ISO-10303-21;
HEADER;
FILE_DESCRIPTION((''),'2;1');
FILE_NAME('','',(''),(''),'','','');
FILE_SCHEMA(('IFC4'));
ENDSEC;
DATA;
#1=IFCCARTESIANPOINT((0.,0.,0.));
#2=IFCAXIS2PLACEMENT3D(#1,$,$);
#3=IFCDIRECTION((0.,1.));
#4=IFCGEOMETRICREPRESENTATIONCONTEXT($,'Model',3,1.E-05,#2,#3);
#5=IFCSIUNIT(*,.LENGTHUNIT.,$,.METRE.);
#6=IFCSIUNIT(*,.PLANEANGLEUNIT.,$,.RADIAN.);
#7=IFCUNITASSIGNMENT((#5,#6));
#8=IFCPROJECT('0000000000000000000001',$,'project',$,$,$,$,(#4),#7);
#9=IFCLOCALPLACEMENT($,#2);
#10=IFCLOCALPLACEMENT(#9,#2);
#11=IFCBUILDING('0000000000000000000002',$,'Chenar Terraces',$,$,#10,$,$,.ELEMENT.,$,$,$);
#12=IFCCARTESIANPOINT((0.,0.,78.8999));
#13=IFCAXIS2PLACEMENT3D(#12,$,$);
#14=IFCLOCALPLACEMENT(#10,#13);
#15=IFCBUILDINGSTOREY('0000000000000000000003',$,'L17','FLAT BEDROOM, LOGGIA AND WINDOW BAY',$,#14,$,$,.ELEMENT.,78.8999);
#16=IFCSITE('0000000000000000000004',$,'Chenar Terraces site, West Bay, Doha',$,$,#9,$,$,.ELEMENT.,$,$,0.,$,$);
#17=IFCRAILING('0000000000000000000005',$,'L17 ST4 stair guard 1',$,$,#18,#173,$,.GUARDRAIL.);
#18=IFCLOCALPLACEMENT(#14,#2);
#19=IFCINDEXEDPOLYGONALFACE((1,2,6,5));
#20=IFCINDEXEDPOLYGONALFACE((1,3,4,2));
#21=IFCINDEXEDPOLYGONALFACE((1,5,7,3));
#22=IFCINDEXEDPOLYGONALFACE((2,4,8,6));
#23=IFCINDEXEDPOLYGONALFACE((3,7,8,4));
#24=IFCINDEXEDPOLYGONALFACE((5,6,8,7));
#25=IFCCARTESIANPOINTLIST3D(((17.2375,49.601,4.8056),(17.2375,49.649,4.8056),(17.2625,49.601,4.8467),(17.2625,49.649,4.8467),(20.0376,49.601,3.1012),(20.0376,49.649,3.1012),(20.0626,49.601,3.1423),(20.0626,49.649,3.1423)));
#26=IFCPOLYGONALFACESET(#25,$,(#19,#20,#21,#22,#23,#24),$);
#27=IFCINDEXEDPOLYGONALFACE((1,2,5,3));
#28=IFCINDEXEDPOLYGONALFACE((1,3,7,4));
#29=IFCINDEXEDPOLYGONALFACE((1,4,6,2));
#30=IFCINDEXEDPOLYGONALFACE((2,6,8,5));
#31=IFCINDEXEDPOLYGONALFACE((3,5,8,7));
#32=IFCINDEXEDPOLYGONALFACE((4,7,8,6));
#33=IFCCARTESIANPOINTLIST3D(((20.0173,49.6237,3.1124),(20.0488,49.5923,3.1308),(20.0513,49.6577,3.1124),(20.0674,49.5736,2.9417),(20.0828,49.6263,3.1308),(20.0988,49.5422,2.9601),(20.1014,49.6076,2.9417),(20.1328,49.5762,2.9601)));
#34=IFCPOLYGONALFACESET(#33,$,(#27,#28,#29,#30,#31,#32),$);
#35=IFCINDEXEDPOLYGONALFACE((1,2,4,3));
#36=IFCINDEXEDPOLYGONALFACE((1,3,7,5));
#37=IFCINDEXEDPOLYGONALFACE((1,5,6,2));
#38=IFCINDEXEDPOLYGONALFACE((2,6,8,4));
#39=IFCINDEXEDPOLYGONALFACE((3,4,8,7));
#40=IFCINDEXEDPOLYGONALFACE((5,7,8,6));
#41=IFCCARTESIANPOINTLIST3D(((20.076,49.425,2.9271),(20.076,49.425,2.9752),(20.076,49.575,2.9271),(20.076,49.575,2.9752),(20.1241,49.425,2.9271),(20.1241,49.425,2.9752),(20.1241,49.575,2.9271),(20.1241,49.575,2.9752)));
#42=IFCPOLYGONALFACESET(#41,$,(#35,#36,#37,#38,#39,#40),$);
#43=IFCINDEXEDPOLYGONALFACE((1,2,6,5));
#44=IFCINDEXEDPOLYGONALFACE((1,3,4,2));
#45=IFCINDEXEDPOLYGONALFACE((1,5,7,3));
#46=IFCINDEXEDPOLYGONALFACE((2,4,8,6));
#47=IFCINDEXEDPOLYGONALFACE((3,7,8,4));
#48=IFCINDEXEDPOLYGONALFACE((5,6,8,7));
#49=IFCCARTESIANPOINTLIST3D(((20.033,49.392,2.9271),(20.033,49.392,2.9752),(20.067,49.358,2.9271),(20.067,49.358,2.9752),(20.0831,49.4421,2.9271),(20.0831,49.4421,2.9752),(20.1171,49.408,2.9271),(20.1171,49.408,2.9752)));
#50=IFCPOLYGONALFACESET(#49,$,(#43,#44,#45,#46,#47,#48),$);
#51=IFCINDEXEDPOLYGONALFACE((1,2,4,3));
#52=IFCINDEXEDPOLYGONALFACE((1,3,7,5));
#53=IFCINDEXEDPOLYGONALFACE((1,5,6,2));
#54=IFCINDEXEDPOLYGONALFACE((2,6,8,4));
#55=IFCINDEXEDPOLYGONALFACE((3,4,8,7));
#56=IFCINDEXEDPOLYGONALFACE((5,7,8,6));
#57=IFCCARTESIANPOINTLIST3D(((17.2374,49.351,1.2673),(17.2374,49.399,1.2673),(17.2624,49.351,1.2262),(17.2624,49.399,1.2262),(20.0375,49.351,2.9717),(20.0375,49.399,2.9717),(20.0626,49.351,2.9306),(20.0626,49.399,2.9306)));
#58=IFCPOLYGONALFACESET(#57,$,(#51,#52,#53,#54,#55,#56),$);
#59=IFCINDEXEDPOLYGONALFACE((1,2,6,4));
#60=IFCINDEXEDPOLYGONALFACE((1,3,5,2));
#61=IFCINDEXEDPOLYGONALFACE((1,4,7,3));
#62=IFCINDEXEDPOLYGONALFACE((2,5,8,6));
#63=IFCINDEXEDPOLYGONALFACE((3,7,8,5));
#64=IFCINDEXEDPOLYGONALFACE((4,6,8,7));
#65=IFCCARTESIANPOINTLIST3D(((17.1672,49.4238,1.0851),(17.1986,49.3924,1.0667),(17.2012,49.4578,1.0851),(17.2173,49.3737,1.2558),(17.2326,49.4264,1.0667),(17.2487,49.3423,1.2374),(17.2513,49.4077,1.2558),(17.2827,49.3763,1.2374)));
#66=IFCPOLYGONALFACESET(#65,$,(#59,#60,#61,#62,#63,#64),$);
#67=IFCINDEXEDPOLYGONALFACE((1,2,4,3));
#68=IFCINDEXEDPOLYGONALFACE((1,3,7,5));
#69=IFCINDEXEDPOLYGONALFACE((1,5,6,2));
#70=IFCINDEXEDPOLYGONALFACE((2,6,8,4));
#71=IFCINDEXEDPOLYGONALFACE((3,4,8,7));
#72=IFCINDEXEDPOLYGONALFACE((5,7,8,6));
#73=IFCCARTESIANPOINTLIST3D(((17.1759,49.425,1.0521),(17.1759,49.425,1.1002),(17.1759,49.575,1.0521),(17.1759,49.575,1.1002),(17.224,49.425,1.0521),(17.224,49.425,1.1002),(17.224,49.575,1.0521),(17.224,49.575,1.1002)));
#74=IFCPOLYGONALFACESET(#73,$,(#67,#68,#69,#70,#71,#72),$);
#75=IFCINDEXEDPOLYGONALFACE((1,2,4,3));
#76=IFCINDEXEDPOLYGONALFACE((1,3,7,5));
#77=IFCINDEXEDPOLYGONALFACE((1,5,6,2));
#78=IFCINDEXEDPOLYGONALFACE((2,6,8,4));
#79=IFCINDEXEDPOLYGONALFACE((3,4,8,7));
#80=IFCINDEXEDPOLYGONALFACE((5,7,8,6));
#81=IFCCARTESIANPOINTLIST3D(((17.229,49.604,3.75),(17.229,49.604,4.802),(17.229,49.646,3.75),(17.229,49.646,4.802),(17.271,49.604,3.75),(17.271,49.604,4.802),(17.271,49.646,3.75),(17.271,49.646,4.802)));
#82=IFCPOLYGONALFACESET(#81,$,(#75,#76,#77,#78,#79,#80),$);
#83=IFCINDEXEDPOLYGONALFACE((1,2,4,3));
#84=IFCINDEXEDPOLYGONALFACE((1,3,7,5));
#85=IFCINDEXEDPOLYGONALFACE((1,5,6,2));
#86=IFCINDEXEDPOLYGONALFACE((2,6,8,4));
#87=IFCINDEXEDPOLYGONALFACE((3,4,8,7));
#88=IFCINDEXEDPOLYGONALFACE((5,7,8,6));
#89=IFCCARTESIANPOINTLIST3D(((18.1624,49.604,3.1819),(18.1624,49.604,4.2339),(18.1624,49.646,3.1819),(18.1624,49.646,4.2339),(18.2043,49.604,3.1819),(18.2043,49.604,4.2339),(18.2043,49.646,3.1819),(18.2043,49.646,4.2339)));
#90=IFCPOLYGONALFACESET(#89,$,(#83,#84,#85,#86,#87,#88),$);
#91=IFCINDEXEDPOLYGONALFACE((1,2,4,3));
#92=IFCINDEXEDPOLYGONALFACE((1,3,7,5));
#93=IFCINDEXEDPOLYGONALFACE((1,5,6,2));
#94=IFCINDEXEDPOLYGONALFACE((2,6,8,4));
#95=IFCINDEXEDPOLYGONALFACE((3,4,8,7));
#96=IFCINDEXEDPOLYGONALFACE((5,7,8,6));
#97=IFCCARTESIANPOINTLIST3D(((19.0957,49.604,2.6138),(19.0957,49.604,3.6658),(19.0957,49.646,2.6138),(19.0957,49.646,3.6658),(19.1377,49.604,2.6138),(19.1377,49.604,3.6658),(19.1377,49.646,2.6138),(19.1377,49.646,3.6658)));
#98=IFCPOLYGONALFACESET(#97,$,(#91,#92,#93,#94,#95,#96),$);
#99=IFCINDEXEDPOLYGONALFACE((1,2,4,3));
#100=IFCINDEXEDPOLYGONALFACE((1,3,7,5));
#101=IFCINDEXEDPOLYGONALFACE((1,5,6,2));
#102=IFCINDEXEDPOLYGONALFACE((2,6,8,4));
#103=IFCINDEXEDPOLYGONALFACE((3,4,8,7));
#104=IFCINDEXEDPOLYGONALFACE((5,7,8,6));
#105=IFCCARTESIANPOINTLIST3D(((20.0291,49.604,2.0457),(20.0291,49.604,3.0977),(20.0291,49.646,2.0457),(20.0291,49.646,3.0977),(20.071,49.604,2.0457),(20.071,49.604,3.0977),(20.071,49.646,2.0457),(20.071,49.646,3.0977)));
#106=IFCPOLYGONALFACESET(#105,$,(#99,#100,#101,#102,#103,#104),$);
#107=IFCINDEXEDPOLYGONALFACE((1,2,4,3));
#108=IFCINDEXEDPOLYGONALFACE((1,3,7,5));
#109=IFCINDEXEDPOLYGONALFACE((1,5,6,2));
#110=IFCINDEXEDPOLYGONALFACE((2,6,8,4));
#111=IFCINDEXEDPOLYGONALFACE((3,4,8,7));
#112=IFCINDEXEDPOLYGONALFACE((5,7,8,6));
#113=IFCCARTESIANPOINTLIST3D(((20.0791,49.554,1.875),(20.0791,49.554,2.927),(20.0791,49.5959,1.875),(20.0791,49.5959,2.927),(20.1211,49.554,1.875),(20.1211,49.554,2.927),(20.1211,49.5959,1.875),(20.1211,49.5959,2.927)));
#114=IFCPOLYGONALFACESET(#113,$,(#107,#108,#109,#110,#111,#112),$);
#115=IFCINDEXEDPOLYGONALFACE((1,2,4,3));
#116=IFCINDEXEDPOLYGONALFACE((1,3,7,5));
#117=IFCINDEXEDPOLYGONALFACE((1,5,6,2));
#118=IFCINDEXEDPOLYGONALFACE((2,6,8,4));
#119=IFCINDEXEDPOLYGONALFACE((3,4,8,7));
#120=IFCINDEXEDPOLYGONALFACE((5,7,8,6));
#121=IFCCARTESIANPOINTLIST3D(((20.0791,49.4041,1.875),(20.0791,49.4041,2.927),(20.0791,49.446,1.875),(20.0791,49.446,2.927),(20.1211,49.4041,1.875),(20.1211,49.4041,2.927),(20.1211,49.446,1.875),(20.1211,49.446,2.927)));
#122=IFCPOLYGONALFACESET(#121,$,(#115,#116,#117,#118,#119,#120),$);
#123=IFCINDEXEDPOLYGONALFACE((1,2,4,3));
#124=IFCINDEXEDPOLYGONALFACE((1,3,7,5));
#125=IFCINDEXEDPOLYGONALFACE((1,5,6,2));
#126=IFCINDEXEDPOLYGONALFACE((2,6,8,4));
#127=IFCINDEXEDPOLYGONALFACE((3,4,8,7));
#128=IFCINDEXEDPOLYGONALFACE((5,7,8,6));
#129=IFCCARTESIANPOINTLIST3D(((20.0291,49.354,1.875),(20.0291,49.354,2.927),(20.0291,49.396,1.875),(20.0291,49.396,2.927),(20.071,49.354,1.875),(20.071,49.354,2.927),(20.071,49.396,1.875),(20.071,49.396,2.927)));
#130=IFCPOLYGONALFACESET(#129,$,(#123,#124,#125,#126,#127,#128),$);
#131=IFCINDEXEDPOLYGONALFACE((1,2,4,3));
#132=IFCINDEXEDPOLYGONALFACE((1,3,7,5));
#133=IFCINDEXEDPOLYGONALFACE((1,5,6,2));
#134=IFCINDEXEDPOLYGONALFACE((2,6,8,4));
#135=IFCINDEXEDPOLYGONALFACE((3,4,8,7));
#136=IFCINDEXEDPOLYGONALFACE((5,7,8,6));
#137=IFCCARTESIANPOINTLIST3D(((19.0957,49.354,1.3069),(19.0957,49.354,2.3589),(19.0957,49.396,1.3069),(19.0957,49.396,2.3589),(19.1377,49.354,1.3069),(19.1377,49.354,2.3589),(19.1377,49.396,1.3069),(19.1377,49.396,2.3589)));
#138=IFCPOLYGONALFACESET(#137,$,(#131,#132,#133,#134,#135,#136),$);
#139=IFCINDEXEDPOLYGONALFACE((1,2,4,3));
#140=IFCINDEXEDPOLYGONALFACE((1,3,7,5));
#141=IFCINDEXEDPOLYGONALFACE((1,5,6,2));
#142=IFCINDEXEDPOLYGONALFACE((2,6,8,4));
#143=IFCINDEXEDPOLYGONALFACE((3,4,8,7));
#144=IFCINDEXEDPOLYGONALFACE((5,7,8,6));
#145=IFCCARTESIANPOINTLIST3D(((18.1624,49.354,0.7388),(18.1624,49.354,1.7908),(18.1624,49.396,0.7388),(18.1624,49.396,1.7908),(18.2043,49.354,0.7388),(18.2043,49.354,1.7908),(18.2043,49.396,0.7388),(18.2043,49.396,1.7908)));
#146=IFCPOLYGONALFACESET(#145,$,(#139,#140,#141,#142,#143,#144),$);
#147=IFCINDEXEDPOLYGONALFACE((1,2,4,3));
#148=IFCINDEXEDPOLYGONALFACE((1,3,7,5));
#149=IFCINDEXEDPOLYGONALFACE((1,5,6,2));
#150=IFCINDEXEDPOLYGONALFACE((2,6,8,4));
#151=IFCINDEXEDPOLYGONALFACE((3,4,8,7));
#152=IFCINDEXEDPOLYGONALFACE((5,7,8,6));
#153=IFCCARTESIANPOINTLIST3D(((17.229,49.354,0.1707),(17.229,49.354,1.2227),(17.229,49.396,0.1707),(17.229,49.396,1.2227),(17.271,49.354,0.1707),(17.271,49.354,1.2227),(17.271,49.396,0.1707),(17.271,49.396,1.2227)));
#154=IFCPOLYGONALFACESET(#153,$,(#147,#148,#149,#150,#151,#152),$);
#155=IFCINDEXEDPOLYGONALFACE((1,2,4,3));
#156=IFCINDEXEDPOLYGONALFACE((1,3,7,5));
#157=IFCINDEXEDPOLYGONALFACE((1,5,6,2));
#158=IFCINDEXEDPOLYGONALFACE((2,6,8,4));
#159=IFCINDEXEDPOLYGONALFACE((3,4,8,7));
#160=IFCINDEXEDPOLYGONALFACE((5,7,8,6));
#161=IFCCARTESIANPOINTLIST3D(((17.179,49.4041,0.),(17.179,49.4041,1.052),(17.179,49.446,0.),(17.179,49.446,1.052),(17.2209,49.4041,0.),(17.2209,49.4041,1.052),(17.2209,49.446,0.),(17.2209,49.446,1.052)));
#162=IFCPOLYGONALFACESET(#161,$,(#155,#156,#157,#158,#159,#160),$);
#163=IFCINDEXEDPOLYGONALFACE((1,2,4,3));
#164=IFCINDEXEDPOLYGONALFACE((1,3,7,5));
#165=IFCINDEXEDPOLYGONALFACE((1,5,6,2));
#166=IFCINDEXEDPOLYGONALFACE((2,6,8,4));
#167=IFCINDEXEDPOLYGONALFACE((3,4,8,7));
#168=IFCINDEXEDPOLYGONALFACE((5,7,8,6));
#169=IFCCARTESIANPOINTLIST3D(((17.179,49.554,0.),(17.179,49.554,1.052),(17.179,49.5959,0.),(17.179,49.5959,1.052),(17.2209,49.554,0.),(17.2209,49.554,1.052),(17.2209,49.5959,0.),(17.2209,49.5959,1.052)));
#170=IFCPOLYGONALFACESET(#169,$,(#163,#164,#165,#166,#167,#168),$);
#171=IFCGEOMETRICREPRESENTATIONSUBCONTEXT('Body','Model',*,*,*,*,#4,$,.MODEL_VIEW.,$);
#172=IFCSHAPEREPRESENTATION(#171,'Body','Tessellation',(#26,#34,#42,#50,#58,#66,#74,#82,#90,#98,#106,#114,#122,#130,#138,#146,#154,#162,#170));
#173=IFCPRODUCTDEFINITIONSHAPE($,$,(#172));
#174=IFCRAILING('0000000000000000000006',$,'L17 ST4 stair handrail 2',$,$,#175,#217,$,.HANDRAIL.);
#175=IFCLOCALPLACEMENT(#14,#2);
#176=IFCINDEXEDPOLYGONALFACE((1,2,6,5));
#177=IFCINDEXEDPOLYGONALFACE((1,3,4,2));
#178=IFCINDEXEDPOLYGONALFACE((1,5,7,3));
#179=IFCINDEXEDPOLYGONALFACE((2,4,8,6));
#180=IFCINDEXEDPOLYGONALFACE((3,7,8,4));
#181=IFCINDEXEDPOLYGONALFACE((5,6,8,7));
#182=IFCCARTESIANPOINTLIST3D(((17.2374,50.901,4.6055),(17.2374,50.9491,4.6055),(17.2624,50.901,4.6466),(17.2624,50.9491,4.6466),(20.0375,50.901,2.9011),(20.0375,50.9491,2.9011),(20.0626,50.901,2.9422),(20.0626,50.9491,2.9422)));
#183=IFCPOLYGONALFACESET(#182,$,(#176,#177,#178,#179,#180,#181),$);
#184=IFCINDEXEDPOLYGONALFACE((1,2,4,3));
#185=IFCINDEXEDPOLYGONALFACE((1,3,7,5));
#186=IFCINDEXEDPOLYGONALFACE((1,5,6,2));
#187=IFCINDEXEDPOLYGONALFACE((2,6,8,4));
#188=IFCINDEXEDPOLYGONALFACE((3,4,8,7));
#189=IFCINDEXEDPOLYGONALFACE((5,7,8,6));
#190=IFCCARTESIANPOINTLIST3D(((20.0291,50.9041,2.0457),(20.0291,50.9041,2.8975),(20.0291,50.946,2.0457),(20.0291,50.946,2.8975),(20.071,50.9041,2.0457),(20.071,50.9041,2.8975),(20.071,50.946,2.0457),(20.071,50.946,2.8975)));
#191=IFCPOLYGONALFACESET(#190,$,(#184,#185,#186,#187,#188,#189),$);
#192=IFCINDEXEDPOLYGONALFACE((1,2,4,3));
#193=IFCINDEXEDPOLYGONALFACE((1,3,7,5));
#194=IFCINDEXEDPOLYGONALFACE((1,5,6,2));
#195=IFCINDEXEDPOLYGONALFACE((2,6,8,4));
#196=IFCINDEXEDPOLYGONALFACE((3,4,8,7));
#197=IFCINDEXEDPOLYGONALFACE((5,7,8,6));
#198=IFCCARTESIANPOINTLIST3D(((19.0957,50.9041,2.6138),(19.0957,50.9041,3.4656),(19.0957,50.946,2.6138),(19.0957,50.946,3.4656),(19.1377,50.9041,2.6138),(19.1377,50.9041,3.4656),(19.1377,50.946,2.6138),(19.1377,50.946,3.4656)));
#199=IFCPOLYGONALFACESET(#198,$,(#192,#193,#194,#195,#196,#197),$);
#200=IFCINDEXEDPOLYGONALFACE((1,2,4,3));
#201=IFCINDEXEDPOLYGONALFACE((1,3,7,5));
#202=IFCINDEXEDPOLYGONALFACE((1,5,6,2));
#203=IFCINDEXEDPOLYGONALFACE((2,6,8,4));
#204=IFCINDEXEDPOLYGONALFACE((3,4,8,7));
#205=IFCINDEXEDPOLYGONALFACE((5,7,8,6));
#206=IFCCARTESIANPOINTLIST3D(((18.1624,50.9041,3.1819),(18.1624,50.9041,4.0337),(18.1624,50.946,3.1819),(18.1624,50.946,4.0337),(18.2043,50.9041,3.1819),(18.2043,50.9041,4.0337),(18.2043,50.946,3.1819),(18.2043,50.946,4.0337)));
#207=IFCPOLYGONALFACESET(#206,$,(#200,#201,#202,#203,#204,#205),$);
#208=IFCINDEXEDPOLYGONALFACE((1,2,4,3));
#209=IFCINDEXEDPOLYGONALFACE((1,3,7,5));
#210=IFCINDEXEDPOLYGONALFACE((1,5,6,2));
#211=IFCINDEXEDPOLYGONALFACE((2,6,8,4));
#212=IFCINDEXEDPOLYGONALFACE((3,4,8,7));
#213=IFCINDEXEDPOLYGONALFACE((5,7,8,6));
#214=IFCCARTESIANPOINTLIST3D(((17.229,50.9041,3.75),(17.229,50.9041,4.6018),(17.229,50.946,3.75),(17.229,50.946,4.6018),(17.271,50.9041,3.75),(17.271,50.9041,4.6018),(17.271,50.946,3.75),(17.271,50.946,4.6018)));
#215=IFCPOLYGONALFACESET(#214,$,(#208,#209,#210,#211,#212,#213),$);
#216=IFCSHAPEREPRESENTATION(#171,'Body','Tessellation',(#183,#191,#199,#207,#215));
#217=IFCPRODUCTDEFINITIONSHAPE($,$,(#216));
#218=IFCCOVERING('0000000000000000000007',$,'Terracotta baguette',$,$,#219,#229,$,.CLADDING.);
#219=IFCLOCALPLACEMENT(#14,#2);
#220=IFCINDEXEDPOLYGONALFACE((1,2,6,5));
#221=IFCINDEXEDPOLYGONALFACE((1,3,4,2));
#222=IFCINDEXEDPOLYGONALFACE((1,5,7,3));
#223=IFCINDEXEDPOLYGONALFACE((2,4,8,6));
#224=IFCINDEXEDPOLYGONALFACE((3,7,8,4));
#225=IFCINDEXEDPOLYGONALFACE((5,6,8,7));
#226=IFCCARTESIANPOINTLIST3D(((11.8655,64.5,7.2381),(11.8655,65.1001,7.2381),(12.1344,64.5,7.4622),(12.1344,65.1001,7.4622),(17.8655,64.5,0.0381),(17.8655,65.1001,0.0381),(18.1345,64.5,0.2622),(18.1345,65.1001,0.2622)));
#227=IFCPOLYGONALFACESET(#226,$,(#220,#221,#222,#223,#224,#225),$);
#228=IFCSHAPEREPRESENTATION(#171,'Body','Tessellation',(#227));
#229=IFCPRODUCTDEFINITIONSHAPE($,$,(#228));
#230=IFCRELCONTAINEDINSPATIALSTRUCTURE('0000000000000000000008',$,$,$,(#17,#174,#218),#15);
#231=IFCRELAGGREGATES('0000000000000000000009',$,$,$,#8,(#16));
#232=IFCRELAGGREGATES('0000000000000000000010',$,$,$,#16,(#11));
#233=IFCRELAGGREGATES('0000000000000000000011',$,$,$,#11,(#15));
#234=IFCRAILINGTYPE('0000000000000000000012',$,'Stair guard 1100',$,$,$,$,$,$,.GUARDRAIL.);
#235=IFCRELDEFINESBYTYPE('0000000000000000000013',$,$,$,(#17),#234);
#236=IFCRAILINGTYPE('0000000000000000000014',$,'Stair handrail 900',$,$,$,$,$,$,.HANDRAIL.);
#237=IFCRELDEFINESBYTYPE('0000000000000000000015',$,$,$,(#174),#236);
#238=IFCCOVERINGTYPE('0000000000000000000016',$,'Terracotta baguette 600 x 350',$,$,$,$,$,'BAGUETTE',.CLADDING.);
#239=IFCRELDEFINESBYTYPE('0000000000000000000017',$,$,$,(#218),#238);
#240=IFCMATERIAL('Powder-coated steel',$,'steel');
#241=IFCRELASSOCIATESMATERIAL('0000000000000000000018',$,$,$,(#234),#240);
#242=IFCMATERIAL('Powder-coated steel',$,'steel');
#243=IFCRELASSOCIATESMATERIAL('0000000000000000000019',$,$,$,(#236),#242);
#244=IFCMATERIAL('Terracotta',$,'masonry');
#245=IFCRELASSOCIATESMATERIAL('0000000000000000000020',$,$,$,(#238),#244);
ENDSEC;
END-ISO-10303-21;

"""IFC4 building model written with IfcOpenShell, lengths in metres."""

from ifc_helpers import new_model, si_unit, direction, frame, origin, origin_2d, place, context, subcontext, project, spatial, rectangle, extrude, material, material_profile, profile_set, type_object, element, save


model = new_model("IFC4")

# Units and contexts
model_context = context("Model", 3, precision=1e-05, world=origin(), true_north=direction((0.0, 1.0)))
body_context = subcontext(model_context, "Body", "Model", "MODEL_VIEW")
ifc_project = project(units=[si_unit("LENGTHUNIT", "METRE"), si_unit("PLANEANGLEUNIT", "RADIAN")], contexts=[model_context])

# Site, building, storey
site_placement = place(None, origin())
site = spatial("IfcSite", under=ifc_project, at=site_placement, Name="Chenar Terraces site, West Bay, Doha", CompositionType="ELEMENT", RefElevation=0.0)
building_placement = place(site_placement, origin())
building = spatial("IfcBuilding", under=site, at=building_placement, Name="Chenar Terraces", CompositionType="ELEMENT")
storey_placement = place(building_placement, frame((0.0, 0.0, 78.8999)))
storey = spatial("IfcBuildingStorey", under=building, at=storey_placement, Name="L17", Description="FLAT BEDROOM, LOGGIA AND WINDOW BAY", CompositionType="ELEMENT", Elevation=78.8999)

# Railings
ifc_material_1 = material(Name="Powder-coated steel", Category="steel")
railing_type_1 = type_object("IfcRailingType", Name="Stair guard 1100", PredefinedType="GUARDRAIL", material=ifc_material_1)
railing_1_placement = place(storey_placement, frame((17.25, 49.625, 3.75)))
element("IfcRailing", 1, at=railing_1_placement, inside=storey, type_object=railing_type_1, Name="L17 ST4 stair guard 1", PredefinedType="GUARDRAIL", context=body_context, shape_type="SweptSolid", body=[
    extrude(rectangle(XDim=0.0481, YDim=0.0481, at=origin_2d()), frame((0.0, 0.0, 1.0762), z_axis=(0.854203, 0.0, -0.51994), x_axis=(0.0, 1.0, 0.0)), (0.0, 0.0, 1.0), 3.2781),
    extrude(rectangle(XDim=0.0481, YDim=0.0481, at=origin_2d()), frame((2.8, 0.0, -0.6284), z_axis=(0.2709, -0.2709, -0.923703), x_axis=(0.707107, 0.707107, 0.0)), (0.0, 0.0, 1.0), 0.1848),
    extrude(rectangle(XDim=0.0481, YDim=0.0481, at=origin_2d()), frame((2.8501, -0.05, -0.7988), z_axis=(0.0, -1.0, 0.0), x_axis=(1.0, 0.0, 0.0)), (0.0, 0.0, 1.0), 0.1499),
    extrude(rectangle(XDim=0.0481, YDim=0.0481, at=origin_2d()), frame((2.8501, -0.2, -0.7988), z_axis=(-0.707107, -0.707107, 0.0), x_axis=(0.707107, -0.707107, 0.0)), (0.0, 0.0, 1.0), 0.0708),
    extrude(rectangle(XDim=0.0481, YDim=0.0481, at=origin_2d()), frame((2.8, -0.25, -0.7988), z_axis=(-0.854203, 0.0, -0.51994), x_axis=(0.0, -1.0, 0.0)), (0.0, 0.0, 1.0), 3.2781),
    extrude(rectangle(XDim=0.0481, YDim=0.0481, at=origin_2d()), frame((0.0, -0.25, -2.5034), z_axis=(-0.2709, 0.2709, -0.923703), x_axis=(-0.707107, -0.707107, 0.0)), (0.0, 0.0, 1.0), 0.1848),
    extrude(rectangle(XDim=0.0481, YDim=0.0481, at=origin_2d()), frame((-0.05, -0.2, -2.6738), z_axis=(0.0, 1.0, 0.0), x_axis=(-1.0, 0.0, 0.0)), (0.0, 0.0, 1.0), 0.1499),
    extrude(rectangle(XDim=0.042, YDim=0.042, at=origin_2d()), origin(), (0.0, 0.0, 1.0), 1.052),
    extrude(rectangle(XDim=0.042, YDim=0.042, at=origin_2d()), frame((0.9333, 0.0, -0.5681)), (0.0, 0.0, 1.0), 1.052),
    extrude(rectangle(XDim=0.042, YDim=0.042, at=origin_2d()), frame((1.8667, 0.0, -1.1362)), (0.0, 0.0, 1.0), 1.052),
    extrude(rectangle(XDim=0.042, YDim=0.042, at=origin_2d()), frame((2.8, 0.0, -1.7043)), (0.0, 0.0, 1.0), 1.052),
    extrude(rectangle(XDim=0.042, YDim=0.042, at=origin_2d()), frame((2.8501, -0.05, -1.875)), (0.0, 0.0, 1.0), 1.052),
    extrude(rectangle(XDim=0.042, YDim=0.042, at=origin_2d()), frame((2.8501, -0.2, -1.875)), (0.0, 0.0, 1.0), 1.052),
    extrude(rectangle(XDim=0.042, YDim=0.042, at=origin_2d()), frame((2.8, -0.25, -1.875)), (0.0, 0.0, 1.0), 1.052),
    extrude(rectangle(XDim=0.042, YDim=0.042, at=origin_2d()), frame((1.8667, -0.25, -2.4431)), (0.0, 0.0, 1.0), 1.052),
    extrude(rectangle(XDim=0.042, YDim=0.042, at=origin_2d()), frame((0.9333, -0.25, -3.0112)), (0.0, 0.0, 1.0), 1.052),
    extrude(rectangle(XDim=0.042, YDim=0.042, at=origin_2d()), frame((0.0, -0.25, -3.5793)), (0.0, 0.0, 1.0), 1.052),
    extrude(rectangle(XDim=0.042, YDim=0.042, at=origin_2d()), frame((-0.05, -0.2, -3.75)), (0.0, 0.0, 1.0), 1.052),
    extrude(rectangle(XDim=0.042, YDim=0.042, at=origin_2d()), frame((-0.05, -0.05, -3.75)), (0.0, 0.0, 1.0), 1.052),
])
ifc_material_2 = material(Name="Powder-coated steel", Category="steel")
railing_type_2 = type_object("IfcRailingType", Name="Stair handrail 900", PredefinedType="HANDRAIL", material=ifc_material_2)
railing_2_placement = place(storey_placement, frame((20.05, 50.925, 2.0457)))
element("IfcRailing", 2, at=railing_2_placement, inside=storey, type_object=railing_type_2, Name="L17 ST4 stair handrail 2", PredefinedType="HANDRAIL", context=body_context, shape_type="SweptSolid", body=[
    extrude(rectangle(XDim=0.0481, YDim=0.0481, at=origin_2d()), frame((0.0, 0.0, 0.876), z_axis=(-0.854203, 0.0, 0.51994), x_axis=(0.0, -1.0, 0.0)), (0.0, 0.0, 1.0), 3.2781),
    extrude(rectangle(XDim=0.042, YDim=0.042, at=origin_2d()), origin(), (0.0, 0.0, 1.0), 0.8518),
    extrude(rectangle(XDim=0.042, YDim=0.042, at=origin_2d()), frame((-0.9333, 0.0, 0.5681)), (0.0, 0.0, 1.0), 0.8518),
    extrude(rectangle(XDim=0.042, YDim=0.042, at=origin_2d()), frame((-1.8667, 0.0, 1.1362)), (0.0, 0.0, 1.0), 0.8518),
    extrude(rectangle(XDim=0.042, YDim=0.042, at=origin_2d()), frame((-2.8, 0.0, 1.7043)), (0.0, 0.0, 1.0), 0.8518),
])

# Covering
ifc_material_3 = material(Name="Terracotta", Category="masonry")
ifc_material_profile_1 = material_profile(ifc_material_3, rectangle(XDim=0.6001, YDim=0.3501, at=origin_2d()), Name="Terracotta baguette 600 x 350")
ifc_profile_set_1 = profile_set([ifc_material_profile_1], Name="Terracotta")
covering_type = type_object("IfcCoveringType", Name="Terracotta baguette 600 x 350", ElementType="BAGUETTE", PredefinedType="CLADDING", material=ifc_profile_set_1)
for number, where, z_axis, x_axis, name in (
    (3, (18.0, 64.8, 0.1501), (-0.640187, 0.0, 0.768219), (0.0, -1.0, 0.0), "Terracotta baguette"),
):
    element("IfcCovering", number, at=place(storey_placement, frame(where, z_axis=z_axis, x_axis=x_axis)), inside=storey, type_object=covering_type, Name=name, PredefinedType="CLADDING", context=body_context, shape_type="SweptSolid", body=[
        extrude(rectangle(XDim=0.6001, YDim=0.3501, at=origin_2d()), origin(), (0.0, 0.0, 1.0), 9.3723),
    ])

save(model, "model.ifc")
